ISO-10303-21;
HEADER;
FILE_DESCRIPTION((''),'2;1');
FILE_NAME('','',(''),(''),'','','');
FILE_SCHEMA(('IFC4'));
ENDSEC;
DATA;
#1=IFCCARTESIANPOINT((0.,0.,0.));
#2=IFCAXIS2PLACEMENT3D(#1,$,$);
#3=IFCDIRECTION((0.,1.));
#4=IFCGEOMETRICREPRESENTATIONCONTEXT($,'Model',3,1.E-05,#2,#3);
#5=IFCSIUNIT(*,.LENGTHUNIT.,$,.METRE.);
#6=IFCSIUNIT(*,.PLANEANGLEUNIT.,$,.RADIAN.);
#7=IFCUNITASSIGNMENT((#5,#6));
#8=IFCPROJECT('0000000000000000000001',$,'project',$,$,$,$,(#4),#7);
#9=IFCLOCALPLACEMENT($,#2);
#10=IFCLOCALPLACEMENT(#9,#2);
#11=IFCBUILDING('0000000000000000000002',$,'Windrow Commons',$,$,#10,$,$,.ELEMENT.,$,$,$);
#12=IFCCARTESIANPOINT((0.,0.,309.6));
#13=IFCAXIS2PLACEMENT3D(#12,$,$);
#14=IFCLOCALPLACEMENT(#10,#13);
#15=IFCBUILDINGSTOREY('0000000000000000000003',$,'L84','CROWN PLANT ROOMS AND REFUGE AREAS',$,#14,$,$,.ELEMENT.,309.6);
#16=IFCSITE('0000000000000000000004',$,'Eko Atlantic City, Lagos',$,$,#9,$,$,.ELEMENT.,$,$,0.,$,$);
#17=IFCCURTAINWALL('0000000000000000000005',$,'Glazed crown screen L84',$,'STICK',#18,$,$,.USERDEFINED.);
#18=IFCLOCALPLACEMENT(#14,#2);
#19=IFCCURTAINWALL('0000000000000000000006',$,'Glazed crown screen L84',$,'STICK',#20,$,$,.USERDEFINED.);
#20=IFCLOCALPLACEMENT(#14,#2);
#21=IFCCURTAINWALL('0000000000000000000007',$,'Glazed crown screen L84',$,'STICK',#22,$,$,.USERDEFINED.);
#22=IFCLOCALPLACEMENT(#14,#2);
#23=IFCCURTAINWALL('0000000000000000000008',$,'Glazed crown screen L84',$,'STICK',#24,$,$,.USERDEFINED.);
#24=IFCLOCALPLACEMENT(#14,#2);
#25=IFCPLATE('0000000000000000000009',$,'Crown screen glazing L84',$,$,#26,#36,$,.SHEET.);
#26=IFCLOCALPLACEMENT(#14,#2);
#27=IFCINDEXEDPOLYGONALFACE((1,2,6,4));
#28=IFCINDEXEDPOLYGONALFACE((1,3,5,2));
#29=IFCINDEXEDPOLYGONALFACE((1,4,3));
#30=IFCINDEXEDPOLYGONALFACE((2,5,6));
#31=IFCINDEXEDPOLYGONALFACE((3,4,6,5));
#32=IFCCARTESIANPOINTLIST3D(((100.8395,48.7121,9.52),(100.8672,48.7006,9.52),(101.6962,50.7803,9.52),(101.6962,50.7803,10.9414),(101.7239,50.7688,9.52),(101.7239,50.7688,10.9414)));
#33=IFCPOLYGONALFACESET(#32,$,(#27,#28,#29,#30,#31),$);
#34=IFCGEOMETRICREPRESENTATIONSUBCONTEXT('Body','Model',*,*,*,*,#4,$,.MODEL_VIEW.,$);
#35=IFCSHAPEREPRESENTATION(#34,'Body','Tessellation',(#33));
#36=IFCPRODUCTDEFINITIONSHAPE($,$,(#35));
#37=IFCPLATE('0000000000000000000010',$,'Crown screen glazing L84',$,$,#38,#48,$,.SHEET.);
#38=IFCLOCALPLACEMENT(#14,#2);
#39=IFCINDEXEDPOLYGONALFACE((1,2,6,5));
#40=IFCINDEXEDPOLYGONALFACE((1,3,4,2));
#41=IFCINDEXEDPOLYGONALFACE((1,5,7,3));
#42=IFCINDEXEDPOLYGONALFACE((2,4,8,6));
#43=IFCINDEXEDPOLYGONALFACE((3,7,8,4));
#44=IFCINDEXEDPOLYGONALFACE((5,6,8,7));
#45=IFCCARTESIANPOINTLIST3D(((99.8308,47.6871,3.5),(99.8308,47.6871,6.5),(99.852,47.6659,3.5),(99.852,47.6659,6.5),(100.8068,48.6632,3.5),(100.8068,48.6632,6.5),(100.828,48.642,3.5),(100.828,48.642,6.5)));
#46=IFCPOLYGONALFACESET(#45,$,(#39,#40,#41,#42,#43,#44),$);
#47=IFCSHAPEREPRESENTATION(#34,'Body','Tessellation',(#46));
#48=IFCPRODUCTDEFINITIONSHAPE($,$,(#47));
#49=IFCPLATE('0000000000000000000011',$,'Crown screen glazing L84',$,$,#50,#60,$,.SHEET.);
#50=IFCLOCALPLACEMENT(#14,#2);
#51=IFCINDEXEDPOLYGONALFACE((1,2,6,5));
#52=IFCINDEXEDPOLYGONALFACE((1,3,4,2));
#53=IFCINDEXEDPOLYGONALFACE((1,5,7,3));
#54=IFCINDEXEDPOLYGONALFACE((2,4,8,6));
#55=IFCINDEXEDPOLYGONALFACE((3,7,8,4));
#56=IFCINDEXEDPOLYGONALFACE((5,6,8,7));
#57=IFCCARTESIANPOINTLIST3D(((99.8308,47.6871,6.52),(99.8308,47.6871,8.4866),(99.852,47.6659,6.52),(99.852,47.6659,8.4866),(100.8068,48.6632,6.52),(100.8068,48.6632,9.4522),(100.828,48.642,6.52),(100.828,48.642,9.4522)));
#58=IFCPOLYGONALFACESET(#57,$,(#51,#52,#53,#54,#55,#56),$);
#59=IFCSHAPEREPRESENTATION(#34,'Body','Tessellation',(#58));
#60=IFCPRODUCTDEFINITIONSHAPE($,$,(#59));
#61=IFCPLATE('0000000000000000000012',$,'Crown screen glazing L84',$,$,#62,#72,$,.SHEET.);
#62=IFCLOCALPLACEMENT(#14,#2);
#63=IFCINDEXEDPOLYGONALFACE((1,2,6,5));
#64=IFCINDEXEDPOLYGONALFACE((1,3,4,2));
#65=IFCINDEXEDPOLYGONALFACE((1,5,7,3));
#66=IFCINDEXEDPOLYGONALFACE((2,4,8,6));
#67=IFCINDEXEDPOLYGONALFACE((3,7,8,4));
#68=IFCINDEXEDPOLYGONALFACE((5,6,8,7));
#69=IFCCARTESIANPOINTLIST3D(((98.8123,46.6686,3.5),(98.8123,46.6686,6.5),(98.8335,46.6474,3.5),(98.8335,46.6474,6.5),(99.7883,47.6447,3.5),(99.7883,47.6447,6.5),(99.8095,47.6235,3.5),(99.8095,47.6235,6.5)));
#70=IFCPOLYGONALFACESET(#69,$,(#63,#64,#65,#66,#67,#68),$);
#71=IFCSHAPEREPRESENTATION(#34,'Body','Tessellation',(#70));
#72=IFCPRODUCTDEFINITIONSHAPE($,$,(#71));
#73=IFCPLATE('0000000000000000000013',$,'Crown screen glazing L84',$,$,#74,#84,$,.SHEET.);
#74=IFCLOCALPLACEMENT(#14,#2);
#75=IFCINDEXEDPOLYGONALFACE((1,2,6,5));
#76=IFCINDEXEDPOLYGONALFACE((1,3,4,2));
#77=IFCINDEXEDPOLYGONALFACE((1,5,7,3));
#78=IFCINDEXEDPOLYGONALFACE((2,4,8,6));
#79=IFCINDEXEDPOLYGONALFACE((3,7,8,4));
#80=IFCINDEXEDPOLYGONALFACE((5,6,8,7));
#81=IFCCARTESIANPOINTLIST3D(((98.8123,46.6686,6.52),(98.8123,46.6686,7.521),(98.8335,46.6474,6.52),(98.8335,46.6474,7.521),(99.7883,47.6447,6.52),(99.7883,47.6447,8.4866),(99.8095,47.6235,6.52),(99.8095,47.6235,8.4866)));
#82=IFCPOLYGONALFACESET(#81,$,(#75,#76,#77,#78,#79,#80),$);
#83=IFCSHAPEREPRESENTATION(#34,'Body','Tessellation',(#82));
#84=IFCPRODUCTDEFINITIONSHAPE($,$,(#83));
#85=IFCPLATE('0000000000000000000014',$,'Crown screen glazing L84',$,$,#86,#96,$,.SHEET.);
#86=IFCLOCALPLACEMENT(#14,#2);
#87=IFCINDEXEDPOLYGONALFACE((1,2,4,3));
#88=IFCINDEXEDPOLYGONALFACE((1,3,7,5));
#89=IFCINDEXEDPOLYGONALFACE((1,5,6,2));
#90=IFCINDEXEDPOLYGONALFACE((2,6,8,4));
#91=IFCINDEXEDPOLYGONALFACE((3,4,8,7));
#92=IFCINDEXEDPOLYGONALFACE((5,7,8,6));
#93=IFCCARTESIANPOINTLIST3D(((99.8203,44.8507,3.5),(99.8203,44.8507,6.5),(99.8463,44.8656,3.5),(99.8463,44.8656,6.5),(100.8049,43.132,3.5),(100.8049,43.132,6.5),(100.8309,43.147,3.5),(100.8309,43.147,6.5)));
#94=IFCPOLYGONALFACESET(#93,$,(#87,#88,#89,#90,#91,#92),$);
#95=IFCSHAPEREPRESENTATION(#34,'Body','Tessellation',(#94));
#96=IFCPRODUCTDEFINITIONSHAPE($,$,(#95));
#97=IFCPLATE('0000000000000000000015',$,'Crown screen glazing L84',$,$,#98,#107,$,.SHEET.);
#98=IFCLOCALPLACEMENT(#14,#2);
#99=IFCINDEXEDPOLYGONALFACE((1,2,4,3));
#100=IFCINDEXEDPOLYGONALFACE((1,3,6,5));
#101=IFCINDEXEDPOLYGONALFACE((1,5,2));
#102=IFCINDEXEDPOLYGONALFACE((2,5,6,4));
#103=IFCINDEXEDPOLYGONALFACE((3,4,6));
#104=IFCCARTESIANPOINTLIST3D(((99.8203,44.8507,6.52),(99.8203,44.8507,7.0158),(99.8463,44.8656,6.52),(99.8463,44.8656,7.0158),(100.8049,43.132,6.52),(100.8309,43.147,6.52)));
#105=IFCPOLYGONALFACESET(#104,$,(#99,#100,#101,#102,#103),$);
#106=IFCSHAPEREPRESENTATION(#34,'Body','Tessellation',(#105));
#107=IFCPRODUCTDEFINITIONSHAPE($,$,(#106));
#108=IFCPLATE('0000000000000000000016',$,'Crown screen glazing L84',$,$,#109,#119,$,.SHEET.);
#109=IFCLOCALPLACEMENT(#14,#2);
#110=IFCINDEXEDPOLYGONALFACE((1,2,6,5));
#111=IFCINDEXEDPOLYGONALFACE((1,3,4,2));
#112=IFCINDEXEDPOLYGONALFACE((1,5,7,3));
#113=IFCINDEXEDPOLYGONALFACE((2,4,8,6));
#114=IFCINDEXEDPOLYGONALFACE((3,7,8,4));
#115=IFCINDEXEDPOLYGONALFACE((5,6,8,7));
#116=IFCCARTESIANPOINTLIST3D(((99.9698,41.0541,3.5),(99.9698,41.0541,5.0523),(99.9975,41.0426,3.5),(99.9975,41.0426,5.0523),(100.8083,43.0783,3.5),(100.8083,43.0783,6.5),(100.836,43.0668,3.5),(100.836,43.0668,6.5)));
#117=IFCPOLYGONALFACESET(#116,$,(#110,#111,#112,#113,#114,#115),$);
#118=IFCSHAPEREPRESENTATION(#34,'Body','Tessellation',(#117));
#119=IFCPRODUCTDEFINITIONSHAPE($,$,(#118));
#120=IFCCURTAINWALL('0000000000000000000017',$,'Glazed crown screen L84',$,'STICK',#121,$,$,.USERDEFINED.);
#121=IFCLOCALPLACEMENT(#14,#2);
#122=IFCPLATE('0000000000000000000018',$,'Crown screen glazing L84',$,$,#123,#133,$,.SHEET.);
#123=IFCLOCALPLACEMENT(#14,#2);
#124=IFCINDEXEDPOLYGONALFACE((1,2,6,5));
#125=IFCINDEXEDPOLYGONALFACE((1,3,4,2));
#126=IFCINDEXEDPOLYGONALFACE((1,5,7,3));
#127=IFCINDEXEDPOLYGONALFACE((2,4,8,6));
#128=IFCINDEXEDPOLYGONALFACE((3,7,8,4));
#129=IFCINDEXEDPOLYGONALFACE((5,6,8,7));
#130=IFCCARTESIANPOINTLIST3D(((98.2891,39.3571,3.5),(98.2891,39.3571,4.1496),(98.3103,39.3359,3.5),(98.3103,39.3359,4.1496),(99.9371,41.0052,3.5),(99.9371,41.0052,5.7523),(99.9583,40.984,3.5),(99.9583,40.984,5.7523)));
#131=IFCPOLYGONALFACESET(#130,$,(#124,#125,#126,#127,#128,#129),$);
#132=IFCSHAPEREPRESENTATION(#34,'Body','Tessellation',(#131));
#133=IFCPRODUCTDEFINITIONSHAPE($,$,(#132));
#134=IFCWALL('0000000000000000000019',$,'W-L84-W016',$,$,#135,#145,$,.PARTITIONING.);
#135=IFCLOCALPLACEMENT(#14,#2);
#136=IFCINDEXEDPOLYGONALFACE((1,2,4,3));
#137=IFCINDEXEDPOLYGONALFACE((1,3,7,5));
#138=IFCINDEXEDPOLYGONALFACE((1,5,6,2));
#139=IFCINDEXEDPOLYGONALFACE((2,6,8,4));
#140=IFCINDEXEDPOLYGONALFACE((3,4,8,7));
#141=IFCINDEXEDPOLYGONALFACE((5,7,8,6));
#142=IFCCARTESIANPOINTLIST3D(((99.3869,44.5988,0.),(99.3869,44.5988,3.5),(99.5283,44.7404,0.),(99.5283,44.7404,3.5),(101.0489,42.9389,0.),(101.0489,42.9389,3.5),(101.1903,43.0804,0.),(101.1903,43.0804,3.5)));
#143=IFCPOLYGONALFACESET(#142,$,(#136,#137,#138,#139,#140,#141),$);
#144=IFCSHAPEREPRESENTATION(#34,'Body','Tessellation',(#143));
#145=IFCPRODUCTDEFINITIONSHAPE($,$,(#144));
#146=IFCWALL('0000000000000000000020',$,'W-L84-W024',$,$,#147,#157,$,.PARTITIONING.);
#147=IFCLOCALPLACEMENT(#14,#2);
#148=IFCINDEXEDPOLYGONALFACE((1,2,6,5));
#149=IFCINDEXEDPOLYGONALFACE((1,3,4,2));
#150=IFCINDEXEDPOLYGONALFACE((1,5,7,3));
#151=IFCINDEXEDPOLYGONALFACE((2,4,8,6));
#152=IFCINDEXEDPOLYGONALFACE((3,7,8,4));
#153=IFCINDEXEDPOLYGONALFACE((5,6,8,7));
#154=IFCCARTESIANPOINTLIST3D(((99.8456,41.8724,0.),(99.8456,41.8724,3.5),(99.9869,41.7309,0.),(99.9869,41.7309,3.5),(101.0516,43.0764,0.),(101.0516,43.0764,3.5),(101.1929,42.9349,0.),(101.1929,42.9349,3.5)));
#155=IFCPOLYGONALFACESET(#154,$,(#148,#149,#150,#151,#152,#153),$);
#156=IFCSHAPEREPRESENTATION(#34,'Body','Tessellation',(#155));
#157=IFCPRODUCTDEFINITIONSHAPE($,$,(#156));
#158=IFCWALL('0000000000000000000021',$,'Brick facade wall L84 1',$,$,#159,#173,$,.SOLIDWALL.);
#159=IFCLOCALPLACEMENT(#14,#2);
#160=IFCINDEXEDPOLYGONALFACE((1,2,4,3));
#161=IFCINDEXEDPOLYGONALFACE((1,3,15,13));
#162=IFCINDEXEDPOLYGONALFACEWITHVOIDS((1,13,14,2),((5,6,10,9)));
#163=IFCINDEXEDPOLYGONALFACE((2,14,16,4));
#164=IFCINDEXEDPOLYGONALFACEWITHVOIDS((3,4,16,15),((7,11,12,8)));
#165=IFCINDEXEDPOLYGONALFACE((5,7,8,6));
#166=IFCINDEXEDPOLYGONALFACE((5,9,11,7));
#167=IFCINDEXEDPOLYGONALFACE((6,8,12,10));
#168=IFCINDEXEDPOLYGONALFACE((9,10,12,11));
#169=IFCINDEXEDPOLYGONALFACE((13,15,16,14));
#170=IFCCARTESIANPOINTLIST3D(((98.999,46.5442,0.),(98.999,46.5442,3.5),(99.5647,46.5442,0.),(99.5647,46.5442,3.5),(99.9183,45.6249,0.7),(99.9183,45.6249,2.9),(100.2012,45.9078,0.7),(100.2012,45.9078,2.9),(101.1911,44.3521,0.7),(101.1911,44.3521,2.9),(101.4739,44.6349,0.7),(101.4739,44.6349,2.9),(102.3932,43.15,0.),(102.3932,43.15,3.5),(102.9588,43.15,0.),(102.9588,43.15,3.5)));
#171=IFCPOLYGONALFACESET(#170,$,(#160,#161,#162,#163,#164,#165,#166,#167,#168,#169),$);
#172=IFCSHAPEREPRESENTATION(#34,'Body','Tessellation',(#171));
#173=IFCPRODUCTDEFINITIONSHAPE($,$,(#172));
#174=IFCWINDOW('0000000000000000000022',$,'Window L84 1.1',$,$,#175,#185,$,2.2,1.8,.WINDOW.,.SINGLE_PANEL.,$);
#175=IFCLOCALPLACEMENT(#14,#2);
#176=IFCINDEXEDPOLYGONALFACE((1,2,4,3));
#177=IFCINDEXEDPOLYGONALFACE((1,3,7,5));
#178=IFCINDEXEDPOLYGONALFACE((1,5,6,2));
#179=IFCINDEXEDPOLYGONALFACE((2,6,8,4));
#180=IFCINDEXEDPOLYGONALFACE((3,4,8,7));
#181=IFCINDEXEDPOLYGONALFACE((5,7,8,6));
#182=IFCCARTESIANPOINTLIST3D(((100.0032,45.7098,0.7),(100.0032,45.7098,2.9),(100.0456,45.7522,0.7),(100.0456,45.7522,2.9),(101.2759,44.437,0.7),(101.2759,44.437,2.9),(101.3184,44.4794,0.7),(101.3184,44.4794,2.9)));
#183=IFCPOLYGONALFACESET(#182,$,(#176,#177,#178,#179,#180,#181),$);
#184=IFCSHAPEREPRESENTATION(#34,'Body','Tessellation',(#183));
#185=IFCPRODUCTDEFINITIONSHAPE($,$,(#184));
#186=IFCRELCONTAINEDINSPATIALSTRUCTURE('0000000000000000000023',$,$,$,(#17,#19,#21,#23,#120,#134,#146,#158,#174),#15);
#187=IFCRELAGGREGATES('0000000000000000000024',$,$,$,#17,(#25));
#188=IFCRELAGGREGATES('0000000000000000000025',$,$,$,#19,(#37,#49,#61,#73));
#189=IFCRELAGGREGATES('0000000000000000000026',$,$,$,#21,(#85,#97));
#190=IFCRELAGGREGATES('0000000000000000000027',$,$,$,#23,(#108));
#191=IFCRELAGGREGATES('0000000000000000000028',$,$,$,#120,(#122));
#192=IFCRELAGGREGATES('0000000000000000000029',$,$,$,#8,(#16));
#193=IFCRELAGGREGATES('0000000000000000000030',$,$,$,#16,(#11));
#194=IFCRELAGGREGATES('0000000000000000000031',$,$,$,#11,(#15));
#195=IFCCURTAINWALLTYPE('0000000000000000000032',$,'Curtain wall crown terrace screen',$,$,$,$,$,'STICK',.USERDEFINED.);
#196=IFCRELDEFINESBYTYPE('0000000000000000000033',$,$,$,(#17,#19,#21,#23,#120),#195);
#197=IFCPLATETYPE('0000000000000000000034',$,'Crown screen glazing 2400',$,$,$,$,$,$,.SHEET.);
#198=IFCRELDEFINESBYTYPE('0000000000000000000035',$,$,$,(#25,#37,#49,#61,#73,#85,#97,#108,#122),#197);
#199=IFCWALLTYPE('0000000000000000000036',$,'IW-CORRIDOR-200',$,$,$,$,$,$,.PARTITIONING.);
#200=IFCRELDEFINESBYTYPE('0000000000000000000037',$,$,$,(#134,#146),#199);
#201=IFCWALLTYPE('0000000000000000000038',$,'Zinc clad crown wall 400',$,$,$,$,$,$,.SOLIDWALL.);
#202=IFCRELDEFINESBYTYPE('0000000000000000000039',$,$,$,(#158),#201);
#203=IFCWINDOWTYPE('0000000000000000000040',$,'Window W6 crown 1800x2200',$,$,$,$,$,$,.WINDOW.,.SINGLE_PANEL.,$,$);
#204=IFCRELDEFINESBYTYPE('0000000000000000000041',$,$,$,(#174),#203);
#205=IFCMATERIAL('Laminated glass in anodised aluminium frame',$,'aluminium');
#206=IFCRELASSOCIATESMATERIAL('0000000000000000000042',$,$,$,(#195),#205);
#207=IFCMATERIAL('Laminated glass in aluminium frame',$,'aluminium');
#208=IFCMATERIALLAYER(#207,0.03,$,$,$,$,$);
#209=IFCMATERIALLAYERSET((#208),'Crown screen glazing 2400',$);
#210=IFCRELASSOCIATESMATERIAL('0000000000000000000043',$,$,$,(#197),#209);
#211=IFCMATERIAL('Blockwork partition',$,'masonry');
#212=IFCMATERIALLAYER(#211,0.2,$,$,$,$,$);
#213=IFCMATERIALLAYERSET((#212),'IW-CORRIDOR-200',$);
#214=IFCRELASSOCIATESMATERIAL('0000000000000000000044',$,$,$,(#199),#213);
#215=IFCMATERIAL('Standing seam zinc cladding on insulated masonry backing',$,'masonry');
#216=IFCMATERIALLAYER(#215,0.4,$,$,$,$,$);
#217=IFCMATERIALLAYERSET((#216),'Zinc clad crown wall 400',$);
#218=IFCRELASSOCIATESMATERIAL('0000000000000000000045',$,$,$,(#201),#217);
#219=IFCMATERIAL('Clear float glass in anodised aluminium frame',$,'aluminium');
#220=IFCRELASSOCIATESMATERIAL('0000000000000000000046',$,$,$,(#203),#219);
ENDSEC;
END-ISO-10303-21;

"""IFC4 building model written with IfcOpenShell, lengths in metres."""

from ifc_helpers import new_model, si_unit, direction, frame, frame_2d, origin, place, context, subcontext, project, spatial, polyline, rectangle, outline, extrude, material, layer, layer_set, type_object, element, fill, aggregate, save


model = new_model("IFC4")

# Units and contexts
model_context = context("Model", 3, precision=1e-05, world=origin(), true_north=direction((0.0, 1.0)))
body_context = subcontext(model_context, "Body", "Model", "MODEL_VIEW")
ifc_project = project(units=[si_unit("LENGTHUNIT", "METRE"), si_unit("PLANEANGLEUNIT", "RADIAN")], contexts=[model_context])

# Site, building, storey
site_placement = place(None, origin())
site = spatial("IfcSite", under=ifc_project, at=site_placement, Name="Eko Atlantic City, Lagos", CompositionType="ELEMENT", RefElevation=0.0)
building_placement = place(site_placement, origin())
building = spatial("IfcBuilding", under=site, at=building_placement, Name="Windrow Commons", CompositionType="ELEMENT")
storey_placement = place(building_placement, frame((0.0, 0.0, 309.6)))
storey = spatial("IfcBuildingStorey", under=building, at=storey_placement, Name="L84", Description="CROWN PLANT ROOMS AND REFUGE AREAS", CompositionType="ELEMENT", Elevation=309.6)

# Curtain walls
ifc_material_1 = material(Name="Laminated glass in anodised aluminium frame", Category="aluminium")
curtain_wall_type = type_object("IfcCurtainWallType", Name="Curtain wall crown terrace screen", ElementType="STICK", PredefinedType="USERDEFINED", material=ifc_material_1)
placement = place(storey_placement, origin())
curtain_wall_1 = element("IfcCurtainWall", 1, at=placement, inside=storey, type_object=curtain_wall_type, Name="Glazed crown screen L84", ObjectType="STICK", PredefinedType="USERDEFINED")
curtain_wall_2 = element("IfcCurtainWall", 2, at=placement, inside=storey, type_object=curtain_wall_type, Name="Glazed crown screen L84", ObjectType="STICK", PredefinedType="USERDEFINED")

# Curtain wall
curtain_wall_3 = element("IfcCurtainWall", 3, at=placement, inside=storey, type_object=curtain_wall_type, Name="Glazed crown screen L84", ObjectType="STICK", PredefinedType="USERDEFINED")

# Curtain wall
curtain_wall_4 = element("IfcCurtainWall", 4, at=placement, inside=storey, type_object=curtain_wall_type, Name="Glazed crown screen L84", ObjectType="STICK", PredefinedType="USERDEFINED")

# Plates
ifc_material_2 = material(Name="Laminated glass in aluminium frame", Category="aluminium")
ifc_layer_1 = layer(ifc_material_2, 0.03)
ifc_layer_set_1 = layer_set([ifc_layer_1], Name="Crown screen glazing 2400")
plate_type_1 = type_object("IfcPlateType", Name="Crown screen glazing 2400", PredefinedType="SHEET", material=ifc_layer_set_1)
plate_1_placement = place(storey_placement, frame((101.6962, 50.7803, 9.52), z_axis=(-0.923876, 0.382692, 0.0), x_axis=(-0.382692, -0.923876, 0.0)))
plate_1 = element("IfcPlate", 5, at=plate_1_placement, type_object=plate_type_1, Name="Crown screen glazing L84", PredefinedType="SHEET", context=body_context, shape_type="SweptSolid", body=[
    extrude(outline(polyline([(0.0, 0.0), (2.2386, 0.0), (0.0, 1.4214), (0.0, 0.0)])), origin(), (0.0, 0.0, -1.0), 0.03),
])
aggregate(curtain_wall_1, [plate_1])
plate_2_placement = place(storey_placement, frame((100.8068, 48.6632, 3.5), z_axis=(-0.707143, 0.707071, 0.0), x_axis=(-0.707071, -0.707143, 0.0)))
plate_2 = element("IfcPlate", 6, at=plate_2_placement, type_object=plate_type_1, Name="Crown screen glazing L84", PredefinedType="SHEET", context=body_context, shape_type="SweptSolid", body=[
    extrude(outline(polyline([(0.0, 0.0), (1.3803, 0.0), (1.3803, 3.0), (0.0, 3.0), (0.0, 0.0)])), origin(), (0.0, 0.0, -1.0), 0.03),
])
plate_3_placement = place(storey_placement, frame((100.8068, 48.6632, 6.52), z_axis=(-0.707143, 0.707071, 0.0), x_axis=(-0.707071, -0.707143, 0.0)))
plate_3 = element("IfcPlate", 7, at=plate_3_placement, type_object=plate_type_1, Name="Crown screen glazing L84", PredefinedType="SHEET", context=body_context, shape_type="SweptSolid", body=[
    extrude(outline(polyline([(0.0, 0.0), (1.3803, 0.0), (1.3803, 1.9666), (0.0, 2.9322), (0.0, 0.0)])), origin(), (0.0, 0.0, -1.0), 0.03),
])
plate_4_placement = place(storey_placement, frame((99.7883, 47.6447, 3.5), z_axis=(-0.707143, 0.707071, 0.0), x_axis=(-0.707071, -0.707143, 0.0)))
plate_4 = element("IfcPlate", 8, at=plate_4_placement, type_object=plate_type_1, Name="Crown screen glazing L84", PredefinedType="SHEET", context=body_context, shape_type="SweptSolid", body=[
    extrude(outline(polyline([(0.0, 0.0), (1.3803, 0.0), (1.3803, 3.0), (0.0, 3.0), (0.0, 0.0)])), origin(), (0.0, 0.0, -1.0), 0.03),
])
plate_5_placement = place(storey_placement, frame((99.7883, 47.6447, 6.52), z_axis=(-0.707143, 0.707071, 0.0), x_axis=(-0.707071, -0.707143, 0.0)))
plate_5 = element("IfcPlate", 9, at=plate_5_placement, type_object=plate_type_1, Name="Crown screen glazing L84", PredefinedType="SHEET", context=body_context, shape_type="SweptSolid", body=[
    extrude(outline(polyline([(0.0, 0.0), (1.3803, 0.0), (1.3803, 1.001), (0.0, 1.9666), (0.0, 0.0)])), origin(), (0.0, 0.0, -1.0), 0.03),
])
aggregate(curtain_wall_2, [plate_2, plate_3, plate_4, plate_5])
plate_6_placement = place(storey_placement, frame((99.8203, 44.8507, 3.5), z_axis=(-0.867702, -0.497085, 0.0), x_axis=(0.497085, -0.867702, 0.0)))
plate_6 = element("IfcPlate", 10, at=plate_6_placement, type_object=plate_type_1, Name="Crown screen glazing L84", PredefinedType="SHEET", context=body_context, shape_type="SweptSolid", body=[
    extrude(outline(polyline([(0.0, 0.0), (1.9807, 0.0), (1.9807, 3.0), (0.0, 3.0), (0.0, 0.0)])), origin(), (0.0, 0.0, -1.0), 0.03),
])
plate_7_placement = place(storey_placement, frame((99.8203, 44.8507, 6.52), z_axis=(-0.867702, -0.497085, 0.0), x_axis=(0.497085, -0.867702, 0.0)))
plate_7 = element("IfcPlate", 11, at=plate_7_placement, type_object=plate_type_1, Name="Crown screen glazing L84", PredefinedType="SHEET", context=body_context, shape_type="SweptSolid", body=[
    extrude(outline(polyline([(0.0, 0.0), (1.9807, 0.0), (0.0, 0.4958), (0.0, 0.0)])), origin(), (0.0, 0.0, -1.0), 0.03),
])
aggregate(curtain_wall_3, [plate_6, plate_7])
plate_8_placement = place(storey_placement, frame((100.8083, 43.0783, 3.5), z_axis=(-0.923872, 0.382702, 0.0), x_axis=(-0.382702, -0.923872, 0.0)))
plate_8 = element("IfcPlate", 12, at=plate_8_placement, type_object=plate_type_1, Name="Crown screen glazing L84", PredefinedType="SHEET", context=body_context, shape_type="SweptSolid", body=[
    extrude(outline(polyline([(0.0, 0.0), (2.191, 0.0), (2.191, 1.5523), (0.0, 3.0), (0.0, 0.0)])), origin(), (0.0, 0.0, -1.0), 0.03),
])
aggregate(curtain_wall_4, [plate_8])

# Curtain wall, plate
curtain_wall_5 = element("IfcCurtainWall", 13, at=placement, inside=storey, type_object=curtain_wall_type, Name="Glazed crown screen L84", ObjectType="STICK", PredefinedType="USERDEFINED")
plate_9_placement = place(storey_placement, frame((99.9371, 41.0052, 3.5), z_axis=(-0.707128, 0.707085, 0.0), x_axis=(-0.707085, -0.707128, 0.0)))
plate_9 = element("IfcPlate", 14, at=plate_9_placement, type_object=plate_type_1, Name="Crown screen glazing L84", PredefinedType="SHEET", context=body_context, shape_type="SweptSolid", body=[
    extrude(outline(polyline([(0.0, 0.0), (2.3307, 0.0), (2.3307, 0.6496), (0.0, 2.2523), (0.0, 0.0)])), origin(), (0.0, 0.0, -1.0), 0.03),
])
aggregate(curtain_wall_5, [plate_9])

# Walls
ifc_material_3 = material(Name="Blockwork partition", Category="masonry")
ifc_layer_2 = layer(ifc_material_3, 0.2)
ifc_layer_set_2 = layer_set([ifc_layer_2], Name="IW-CORRIDOR-200")
wall_type_1 = type_object("IfcWallType", Name="IW-CORRIDOR-200", PredefinedType="PARTITIONING", material=ifc_layer_set_2)
wall_1_placement = place(storey_placement, frame((99.4576, 44.6696, 0.0), z_axis=(0.0, 0.0, 1.0), x_axis=(0.707532, -0.706681, 0.0)))
element("IfcWall", 15, at=wall_1_placement, inside=storey, type_object=wall_type_1, Name="W-L84-W016", PredefinedType="PARTITIONING", context=body_context, shape_type="SweptSolid", body=[
    extrude(rectangle(XDim=2.349, YDim=0.2, at=frame_2d((1.1745, 0.0))), origin(), (0.0, 0.0, 1.0), 3.5),
])
wall_2_placement = place(storey_placement, frame((99.9163, 41.8017, 0.0), z_axis=(0.0, 0.0, 1.0), x_axis=(0.707693, 0.70652, 0.0)))
element("IfcWall", 16, at=wall_2_placement, inside=storey, type_object=wall_type_1, Name="W-L84-W024", PredefinedType="PARTITIONING", context=body_context, shape_type="SweptSolid", body=[
    extrude(rectangle(XDim=1.7041, YDim=0.2, at=frame_2d((0.852, 0.0))), origin(), (0.0, 0.0, 1.0), 3.5),
])

# Wall, opening, window
ifc_material_4 = material(Name="Standing seam zinc cladding on insulated masonry backing", Category="masonry")
ifc_layer_3 = layer(ifc_material_4, 0.4)
ifc_layer_set_3 = layer_set([ifc_layer_3], Name="Zinc clad crown wall 400")
wall_type_2 = type_object("IfcWallType", Name="Zinc clad crown wall 400", PredefinedType="SOLIDWALL", material=ifc_layer_set_3)
wall_3_placement = place(storey_placement, frame((102.676, 43.15, 0.0), z_axis=(0.0, 0.0, 1.0), x_axis=(-0.707096, 0.707117, 0.0)))
wall_3 = element("IfcWall", 17, at=wall_3_placement, inside=storey, type_object=wall_type_2, Name="Brick facade wall L84 1", PredefinedType="SOLIDWALL", context=body_context, shape_type="SweptSolid", body=[
    extrude(outline(polyline([(-0.2, -0.2), (4.6001, -0.2), (5.0001, 0.2), (0.2, 0.2), (-0.2, -0.2)])), origin(), (0.0, 0.0, 1.0), 3.5),
])
opening_1_placement = place(wall_3_placement, frame((1.9, 0.0, 0.7)))
opening_1 = element("IfcOpeningElement", 18, at=opening_1_placement, cuts=wall_3, PredefinedType="OPENING", context=body_context, shape_type="SweptSolid", body=[
    extrude(rectangle(XDim=1.8, YDim=2.2, at=frame_2d((0.9, 1.1))), frame((0.0, 0.21, 0.0), z_axis=(0.0, -1.0, 0.0), x_axis=(1.0, 0.0, 0.0)), (0.0, 0.0, 1.0), 0.42),
])
ifc_material_5 = material(Name="Clear float glass in anodised aluminium frame", Category="aluminium")
window_type = type_object("IfcWindowType", Name="Window W6 crown 1800x2200", PartitioningType="SINGLE_PANEL", PredefinedType="WINDOW", material=ifc_material_5)
window_1_placement = place(opening_1_placement, origin())
window_1 = element("IfcWindow", 19, at=window_1_placement, inside=storey, type_object=window_type, Name="Window L84 1.1", OverallHeight=2.2, OverallWidth=1.8, PartitioningType="SINGLE_PANEL", PredefinedType="WINDOW", context=body_context, shape_type="SweptSolid", body=[
    extrude(rectangle(XDim=1.8, YDim=2.2, at=frame_2d((0.9, 1.1))), frame((0.0, 0.08, 0.0), z_axis=(0.0, -1.0, 0.0), x_axis=(1.0, 0.0, 0.0)), (0.0, 0.0, 1.0), 0.06),
])
fill(opening_1, window_1)

save(model, "model.ifc")
